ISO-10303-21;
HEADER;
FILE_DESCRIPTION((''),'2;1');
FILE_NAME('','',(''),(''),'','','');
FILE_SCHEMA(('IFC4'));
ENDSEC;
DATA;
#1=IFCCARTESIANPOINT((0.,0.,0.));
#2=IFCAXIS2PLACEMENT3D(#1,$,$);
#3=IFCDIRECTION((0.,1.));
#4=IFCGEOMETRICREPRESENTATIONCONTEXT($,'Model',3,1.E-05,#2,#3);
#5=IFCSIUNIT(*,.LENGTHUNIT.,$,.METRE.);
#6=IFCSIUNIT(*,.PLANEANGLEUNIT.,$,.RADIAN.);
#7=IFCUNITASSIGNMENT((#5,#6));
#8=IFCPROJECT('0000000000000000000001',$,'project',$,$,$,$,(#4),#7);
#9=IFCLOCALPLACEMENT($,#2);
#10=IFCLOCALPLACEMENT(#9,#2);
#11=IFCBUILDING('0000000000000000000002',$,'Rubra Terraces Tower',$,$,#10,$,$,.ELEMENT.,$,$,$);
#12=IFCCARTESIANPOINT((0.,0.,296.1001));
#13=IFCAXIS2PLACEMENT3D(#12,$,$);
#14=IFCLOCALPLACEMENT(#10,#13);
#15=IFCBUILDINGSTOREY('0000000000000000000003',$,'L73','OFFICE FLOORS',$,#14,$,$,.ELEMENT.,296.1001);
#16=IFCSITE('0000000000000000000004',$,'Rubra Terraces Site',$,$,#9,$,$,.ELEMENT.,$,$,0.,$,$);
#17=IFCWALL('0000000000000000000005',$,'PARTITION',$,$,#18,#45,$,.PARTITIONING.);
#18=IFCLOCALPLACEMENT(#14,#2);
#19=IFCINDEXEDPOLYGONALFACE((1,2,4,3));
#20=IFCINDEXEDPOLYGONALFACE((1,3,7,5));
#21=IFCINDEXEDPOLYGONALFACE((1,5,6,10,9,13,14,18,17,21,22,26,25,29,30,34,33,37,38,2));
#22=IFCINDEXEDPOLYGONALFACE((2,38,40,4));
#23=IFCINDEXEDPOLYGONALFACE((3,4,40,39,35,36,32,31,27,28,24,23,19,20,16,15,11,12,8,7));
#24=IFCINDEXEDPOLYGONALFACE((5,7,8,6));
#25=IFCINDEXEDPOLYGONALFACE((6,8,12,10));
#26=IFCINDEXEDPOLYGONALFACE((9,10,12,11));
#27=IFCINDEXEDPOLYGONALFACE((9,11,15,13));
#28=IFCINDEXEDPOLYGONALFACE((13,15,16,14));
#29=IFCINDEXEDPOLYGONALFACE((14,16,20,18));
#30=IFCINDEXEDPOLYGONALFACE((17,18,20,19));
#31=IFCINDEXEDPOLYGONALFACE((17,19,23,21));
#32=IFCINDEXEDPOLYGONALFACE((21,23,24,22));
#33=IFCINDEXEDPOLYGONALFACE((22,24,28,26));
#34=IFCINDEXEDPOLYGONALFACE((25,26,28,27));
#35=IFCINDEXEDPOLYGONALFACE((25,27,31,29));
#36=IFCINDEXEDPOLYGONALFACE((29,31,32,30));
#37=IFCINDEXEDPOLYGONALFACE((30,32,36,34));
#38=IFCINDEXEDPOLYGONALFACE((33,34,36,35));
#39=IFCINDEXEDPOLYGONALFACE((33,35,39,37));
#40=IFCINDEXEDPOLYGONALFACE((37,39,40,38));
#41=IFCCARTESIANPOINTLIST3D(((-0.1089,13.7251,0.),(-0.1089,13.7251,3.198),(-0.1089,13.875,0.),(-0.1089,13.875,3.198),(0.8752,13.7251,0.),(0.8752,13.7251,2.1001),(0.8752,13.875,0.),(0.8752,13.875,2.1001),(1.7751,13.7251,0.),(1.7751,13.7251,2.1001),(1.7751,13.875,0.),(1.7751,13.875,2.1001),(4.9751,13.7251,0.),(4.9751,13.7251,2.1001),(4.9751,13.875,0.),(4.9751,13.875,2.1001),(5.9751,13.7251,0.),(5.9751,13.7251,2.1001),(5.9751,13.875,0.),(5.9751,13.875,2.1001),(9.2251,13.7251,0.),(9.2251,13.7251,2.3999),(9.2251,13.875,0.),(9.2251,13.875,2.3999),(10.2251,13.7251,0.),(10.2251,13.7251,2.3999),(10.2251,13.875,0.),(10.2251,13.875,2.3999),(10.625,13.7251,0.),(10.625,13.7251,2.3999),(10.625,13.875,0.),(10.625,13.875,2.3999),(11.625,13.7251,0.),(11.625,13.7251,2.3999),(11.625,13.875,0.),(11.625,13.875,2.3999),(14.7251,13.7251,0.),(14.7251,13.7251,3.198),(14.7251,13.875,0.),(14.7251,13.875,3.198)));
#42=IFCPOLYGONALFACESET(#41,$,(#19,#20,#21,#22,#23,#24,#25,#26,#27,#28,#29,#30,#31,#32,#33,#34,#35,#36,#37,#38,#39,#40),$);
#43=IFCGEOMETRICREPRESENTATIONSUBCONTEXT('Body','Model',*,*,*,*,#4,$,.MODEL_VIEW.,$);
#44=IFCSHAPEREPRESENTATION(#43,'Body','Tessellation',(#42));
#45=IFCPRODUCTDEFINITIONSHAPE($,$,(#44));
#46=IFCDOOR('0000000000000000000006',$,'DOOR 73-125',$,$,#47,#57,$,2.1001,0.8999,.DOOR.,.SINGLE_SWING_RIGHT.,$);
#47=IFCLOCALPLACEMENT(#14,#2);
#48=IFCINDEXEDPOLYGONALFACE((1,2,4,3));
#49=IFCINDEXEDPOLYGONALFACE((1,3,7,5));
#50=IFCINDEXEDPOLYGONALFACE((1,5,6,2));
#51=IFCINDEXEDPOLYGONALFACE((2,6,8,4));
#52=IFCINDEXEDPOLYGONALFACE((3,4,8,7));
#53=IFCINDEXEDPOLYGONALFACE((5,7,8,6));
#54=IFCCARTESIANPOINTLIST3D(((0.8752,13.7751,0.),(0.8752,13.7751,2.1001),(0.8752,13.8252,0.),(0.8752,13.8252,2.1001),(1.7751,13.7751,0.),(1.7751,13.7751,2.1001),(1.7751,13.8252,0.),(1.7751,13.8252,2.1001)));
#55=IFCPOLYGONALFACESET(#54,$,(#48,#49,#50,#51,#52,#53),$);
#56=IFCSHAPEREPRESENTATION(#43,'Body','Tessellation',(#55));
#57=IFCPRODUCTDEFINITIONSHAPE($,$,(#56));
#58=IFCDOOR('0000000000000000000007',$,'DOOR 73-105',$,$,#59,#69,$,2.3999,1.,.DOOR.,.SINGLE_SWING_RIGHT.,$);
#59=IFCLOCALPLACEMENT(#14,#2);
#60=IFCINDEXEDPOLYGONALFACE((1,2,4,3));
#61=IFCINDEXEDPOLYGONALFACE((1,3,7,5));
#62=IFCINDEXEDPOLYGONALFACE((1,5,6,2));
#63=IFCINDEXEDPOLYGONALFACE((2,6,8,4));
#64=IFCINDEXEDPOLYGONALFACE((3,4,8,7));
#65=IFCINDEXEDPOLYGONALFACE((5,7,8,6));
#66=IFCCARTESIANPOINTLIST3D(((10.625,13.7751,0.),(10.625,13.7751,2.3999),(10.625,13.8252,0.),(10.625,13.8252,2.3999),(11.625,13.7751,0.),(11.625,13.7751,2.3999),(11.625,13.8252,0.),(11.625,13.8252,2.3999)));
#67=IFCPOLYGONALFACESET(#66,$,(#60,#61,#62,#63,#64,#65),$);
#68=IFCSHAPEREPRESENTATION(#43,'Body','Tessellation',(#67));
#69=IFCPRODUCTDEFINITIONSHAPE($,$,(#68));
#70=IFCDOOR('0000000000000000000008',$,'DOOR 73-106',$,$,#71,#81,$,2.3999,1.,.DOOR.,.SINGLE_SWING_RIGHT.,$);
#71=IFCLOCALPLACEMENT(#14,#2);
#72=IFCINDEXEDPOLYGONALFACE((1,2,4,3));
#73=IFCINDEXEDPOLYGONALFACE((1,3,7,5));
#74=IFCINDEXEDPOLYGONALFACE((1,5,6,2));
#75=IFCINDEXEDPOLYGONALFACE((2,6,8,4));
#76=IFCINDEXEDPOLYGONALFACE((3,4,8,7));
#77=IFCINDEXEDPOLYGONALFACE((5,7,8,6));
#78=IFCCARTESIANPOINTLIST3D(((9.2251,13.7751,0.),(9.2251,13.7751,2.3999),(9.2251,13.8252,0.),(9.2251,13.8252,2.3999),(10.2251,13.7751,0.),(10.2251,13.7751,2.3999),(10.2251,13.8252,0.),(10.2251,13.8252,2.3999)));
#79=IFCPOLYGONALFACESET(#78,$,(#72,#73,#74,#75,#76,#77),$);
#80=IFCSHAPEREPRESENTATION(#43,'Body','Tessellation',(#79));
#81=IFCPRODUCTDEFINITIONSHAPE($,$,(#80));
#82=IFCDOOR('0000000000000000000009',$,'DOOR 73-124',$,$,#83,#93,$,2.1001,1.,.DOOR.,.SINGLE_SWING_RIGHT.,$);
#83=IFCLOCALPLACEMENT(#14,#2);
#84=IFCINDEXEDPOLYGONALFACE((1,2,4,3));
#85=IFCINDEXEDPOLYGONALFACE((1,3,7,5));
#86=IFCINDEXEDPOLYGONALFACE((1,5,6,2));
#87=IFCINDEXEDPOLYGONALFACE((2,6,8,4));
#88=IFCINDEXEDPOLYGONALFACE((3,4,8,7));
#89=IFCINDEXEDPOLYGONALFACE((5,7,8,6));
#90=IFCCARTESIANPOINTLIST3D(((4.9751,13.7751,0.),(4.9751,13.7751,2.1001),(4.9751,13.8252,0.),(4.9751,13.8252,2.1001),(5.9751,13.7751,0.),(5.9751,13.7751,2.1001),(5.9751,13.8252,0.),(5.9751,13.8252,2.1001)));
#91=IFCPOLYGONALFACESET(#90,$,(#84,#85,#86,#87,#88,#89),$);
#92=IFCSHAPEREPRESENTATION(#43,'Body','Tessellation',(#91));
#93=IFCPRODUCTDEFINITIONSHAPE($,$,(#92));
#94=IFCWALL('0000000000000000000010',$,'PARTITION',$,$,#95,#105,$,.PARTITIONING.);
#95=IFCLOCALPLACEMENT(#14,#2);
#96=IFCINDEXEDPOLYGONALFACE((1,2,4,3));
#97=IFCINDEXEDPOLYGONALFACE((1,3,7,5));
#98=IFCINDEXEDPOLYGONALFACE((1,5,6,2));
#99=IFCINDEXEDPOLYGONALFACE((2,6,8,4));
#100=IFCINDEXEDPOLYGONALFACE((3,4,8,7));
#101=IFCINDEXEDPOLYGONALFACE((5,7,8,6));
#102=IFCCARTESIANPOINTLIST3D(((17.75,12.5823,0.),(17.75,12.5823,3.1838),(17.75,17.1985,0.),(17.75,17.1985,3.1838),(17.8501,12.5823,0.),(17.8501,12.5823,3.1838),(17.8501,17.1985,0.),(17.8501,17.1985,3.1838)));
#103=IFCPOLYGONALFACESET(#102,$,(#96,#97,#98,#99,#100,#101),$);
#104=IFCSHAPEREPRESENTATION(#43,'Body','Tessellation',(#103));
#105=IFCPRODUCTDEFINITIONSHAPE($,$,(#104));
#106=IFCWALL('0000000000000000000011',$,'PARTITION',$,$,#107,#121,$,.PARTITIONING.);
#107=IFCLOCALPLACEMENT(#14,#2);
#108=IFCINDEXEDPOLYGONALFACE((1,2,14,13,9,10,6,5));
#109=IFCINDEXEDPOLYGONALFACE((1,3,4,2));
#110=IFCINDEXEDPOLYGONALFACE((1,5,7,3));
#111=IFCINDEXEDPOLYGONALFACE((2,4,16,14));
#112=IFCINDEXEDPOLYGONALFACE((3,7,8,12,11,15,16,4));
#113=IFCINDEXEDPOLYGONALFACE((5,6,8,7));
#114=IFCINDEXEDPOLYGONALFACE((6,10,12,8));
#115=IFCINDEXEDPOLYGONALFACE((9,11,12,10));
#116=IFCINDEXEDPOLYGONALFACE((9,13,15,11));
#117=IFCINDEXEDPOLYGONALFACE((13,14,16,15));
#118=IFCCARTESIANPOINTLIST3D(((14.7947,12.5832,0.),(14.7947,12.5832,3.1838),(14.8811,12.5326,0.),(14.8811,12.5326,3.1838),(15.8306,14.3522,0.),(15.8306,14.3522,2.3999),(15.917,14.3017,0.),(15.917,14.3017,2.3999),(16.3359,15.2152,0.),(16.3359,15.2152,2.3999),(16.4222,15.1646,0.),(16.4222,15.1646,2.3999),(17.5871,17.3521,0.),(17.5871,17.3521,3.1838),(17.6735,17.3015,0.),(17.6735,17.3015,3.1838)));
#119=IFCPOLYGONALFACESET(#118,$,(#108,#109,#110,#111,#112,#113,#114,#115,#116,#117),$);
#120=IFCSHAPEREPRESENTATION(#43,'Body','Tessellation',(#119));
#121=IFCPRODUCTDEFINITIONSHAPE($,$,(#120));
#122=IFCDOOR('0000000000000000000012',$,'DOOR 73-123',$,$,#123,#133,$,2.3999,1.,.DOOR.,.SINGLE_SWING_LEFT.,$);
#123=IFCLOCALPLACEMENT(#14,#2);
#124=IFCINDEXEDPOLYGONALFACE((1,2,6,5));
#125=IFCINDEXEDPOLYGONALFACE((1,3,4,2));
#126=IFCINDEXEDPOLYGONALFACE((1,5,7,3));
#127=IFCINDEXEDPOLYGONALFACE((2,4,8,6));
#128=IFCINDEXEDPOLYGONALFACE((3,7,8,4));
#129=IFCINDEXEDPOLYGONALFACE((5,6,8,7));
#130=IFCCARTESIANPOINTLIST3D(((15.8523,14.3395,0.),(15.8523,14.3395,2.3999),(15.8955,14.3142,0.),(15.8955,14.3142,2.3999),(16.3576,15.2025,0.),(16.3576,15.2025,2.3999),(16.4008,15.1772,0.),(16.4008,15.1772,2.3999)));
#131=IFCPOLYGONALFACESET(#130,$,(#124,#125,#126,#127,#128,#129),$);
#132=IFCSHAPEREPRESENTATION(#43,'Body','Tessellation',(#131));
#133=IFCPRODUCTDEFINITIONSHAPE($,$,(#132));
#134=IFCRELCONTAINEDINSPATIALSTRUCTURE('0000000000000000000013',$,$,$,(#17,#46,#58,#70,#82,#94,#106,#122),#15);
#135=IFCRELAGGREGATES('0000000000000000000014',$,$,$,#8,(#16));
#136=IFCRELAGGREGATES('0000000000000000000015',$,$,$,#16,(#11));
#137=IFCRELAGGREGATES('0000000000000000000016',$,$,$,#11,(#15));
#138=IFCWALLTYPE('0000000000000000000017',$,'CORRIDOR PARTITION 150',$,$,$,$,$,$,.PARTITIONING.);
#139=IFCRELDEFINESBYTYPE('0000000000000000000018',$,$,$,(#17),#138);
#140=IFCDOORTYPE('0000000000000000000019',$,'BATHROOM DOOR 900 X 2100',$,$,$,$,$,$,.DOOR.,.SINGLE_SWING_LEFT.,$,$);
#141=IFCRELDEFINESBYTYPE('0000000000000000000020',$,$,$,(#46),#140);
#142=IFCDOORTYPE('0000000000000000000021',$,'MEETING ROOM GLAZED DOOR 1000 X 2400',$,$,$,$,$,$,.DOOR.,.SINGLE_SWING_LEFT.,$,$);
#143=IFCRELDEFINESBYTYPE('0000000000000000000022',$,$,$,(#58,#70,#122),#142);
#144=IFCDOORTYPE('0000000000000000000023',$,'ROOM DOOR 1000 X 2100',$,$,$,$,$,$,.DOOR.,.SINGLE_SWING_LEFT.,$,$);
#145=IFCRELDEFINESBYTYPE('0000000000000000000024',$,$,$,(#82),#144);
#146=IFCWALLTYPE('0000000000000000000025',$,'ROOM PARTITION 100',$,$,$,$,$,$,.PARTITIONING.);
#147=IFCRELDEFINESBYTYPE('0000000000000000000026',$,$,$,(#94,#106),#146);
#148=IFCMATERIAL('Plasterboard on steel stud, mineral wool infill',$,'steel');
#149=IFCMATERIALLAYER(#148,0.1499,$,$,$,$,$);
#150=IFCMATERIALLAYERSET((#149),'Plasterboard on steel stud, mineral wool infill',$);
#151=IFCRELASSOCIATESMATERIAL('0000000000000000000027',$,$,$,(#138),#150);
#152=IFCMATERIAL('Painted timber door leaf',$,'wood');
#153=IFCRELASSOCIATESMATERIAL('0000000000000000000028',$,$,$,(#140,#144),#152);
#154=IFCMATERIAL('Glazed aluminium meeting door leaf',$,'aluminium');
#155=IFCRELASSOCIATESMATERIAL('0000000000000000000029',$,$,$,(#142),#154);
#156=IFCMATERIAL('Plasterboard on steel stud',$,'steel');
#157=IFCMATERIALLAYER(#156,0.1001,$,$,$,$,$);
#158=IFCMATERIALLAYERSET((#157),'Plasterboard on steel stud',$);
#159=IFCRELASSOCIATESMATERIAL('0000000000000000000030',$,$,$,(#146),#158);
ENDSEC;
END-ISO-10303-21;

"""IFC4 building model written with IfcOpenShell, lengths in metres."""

from ifc_helpers import new_model, si_unit, direction, frame, frame_2d, origin, place, context, subcontext, project, spatial, rectangle, extrude, material, layer, layer_set, type_object, element, fill, save


model = new_model("IFC4")

# Units and contexts
model_context = context("Model", 3, precision=1e-05, world=origin(), true_north=direction((0.0, 1.0)))
body_context = subcontext(model_context, "Body", "Model", "MODEL_VIEW")
ifc_project = project(units=[si_unit("LENGTHUNIT", "METRE"), si_unit("PLANEANGLEUNIT", "RADIAN")], contexts=[model_context])

# Site, building, storey
site_placement = place(None, origin())
site = spatial("IfcSite", under=ifc_project, at=site_placement, Name="Rubra Terraces Site", CompositionType="ELEMENT", RefElevation=0.0)
building_placement = place(site_placement, origin())
building = spatial("IfcBuilding", under=site, at=building_placement, Name="Rubra Terraces Tower", CompositionType="ELEMENT")
storey_placement = place(building_placement, frame((0.0, 0.0, 296.1001)))
storey = spatial("IfcBuildingStorey", under=building, at=storey_placement, Name="L73", Description="OFFICE FLOORS", CompositionType="ELEMENT", Elevation=296.1001)

# Wall, openings, doors
ifc_material_1 = material(Name="Plasterboard on steel stud, mineral wool infill", Category="steel")
ifc_layer_1 = layer(ifc_material_1, 0.1499)
ifc_layer_set_1 = layer_set([ifc_layer_1], Name="Plasterboard on steel stud, mineral wool infill")
wall_type_1 = type_object("IfcWallType", Name="CORRIDOR PARTITION 150", PredefinedType="PARTITIONING", material=ifc_layer_set_1)
wall_1_placement = place(storey_placement, frame((14.7251, 13.8, 0.0), z_axis=(0.0, 0.0, 1.0), x_axis=(-1.0, 0.0, 0.0)))
wall_1 = element("IfcWall", 1, at=wall_1_placement, inside=storey, type_object=wall_type_1, Name="PARTITION", PredefinedType="PARTITIONING", context=body_context, shape_type="SweptSolid", body=[
    extrude(rectangle(XDim=14.834, YDim=0.1499, at=frame_2d((7.417, 0.0))), origin(), (0.0, 0.0, 1.0), 3.198),
])
opening_1_placement = place(wall_1_placement, frame((3.1001, 0.0, 0.0)))
opening_1 = element("IfcOpeningElement", 2, at=opening_1_placement, cuts=wall_1, PredefinedType="OPENING", context=body_context, shape_type="SweptSolid", body=[
    extrude(rectangle(XDim=1.0, YDim=2.3999, at=frame_2d((0.5, 1.2))), frame((0.0, 0.085, 0.0), z_axis=(0.0, -1.0, 0.0), x_axis=(1.0, 0.0, 0.0)), (0.0, 0.0, 1.0), 0.1699),
])
opening_2_placement = place(wall_1_placement, frame((4.5, 0.0, 0.0)))
opening_2 = element("IfcOpeningElement", 3, at=opening_2_placement, cuts=wall_1, PredefinedType="OPENING", context=body_context, shape_type="SweptSolid", body=[
    extrude(rectangle(XDim=1.0, YDim=2.3999, at=frame_2d((0.5, 1.2))), frame((0.0, 0.085, 0.0), z_axis=(0.0, -1.0, 0.0), x_axis=(1.0, 0.0, 0.0)), (0.0, 0.0, 1.0), 0.1699),
])
opening_3_placement = place(wall_1_placement, frame((8.75, 0.0, 0.0)))
opening_3 = element("IfcOpeningElement", 4, at=opening_3_placement, cuts=wall_1, PredefinedType="OPENING", context=body_context, shape_type="SweptSolid", body=[
    extrude(rectangle(XDim=1.0, YDim=2.1001, at=frame_2d((0.5, 1.05))), frame((0.0, 0.085, 0.0), z_axis=(0.0, -1.0, 0.0), x_axis=(1.0, 0.0, 0.0)), (0.0, 0.0, 1.0), 0.1699),
])
opening_4_placement = place(wall_1_placement, frame((12.95, 0.0, 0.0)))
opening_4 = element("IfcOpeningElement", 5, at=opening_4_placement, cuts=wall_1, PredefinedType="OPENING", context=body_context, shape_type="SweptSolid", body=[
    extrude(rectangle(XDim=0.8999, YDim=2.1001, at=frame_2d((0.45, 1.05))), frame((0.0, 0.085, 0.0), z_axis=(0.0, -1.0, 0.0), x_axis=(1.0, 0.0, 0.0)), (0.0, 0.0, 1.0), 0.1699),
])
ifc_material_2 = material(Name="Painted timber door leaf", Category="wood")
door_type_1 = type_object("IfcDoorType", Name="BATHROOM DOOR 900 X 2100", OperationType="SINGLE_SWING_LEFT", PredefinedType="DOOR", material=ifc_material_2)
door_1_placement = place(opening_4_placement, origin())
door_1 = element("IfcDoor", 6, at=door_1_placement, inside=storey, type_object=door_type_1, Name="DOOR 73-125", OperationType="SINGLE_SWING_RIGHT", OverallHeight=2.1001, OverallWidth=0.8999, PredefinedType="DOOR", context=body_context, shape_type="SweptSolid", body=[
    extrude(rectangle(XDim=0.8999, YDim=2.1001, at=frame_2d((0.45, 1.05))), frame((0.0, 0.0249, 0.0), z_axis=(0.0, -1.0, 0.0), x_axis=(1.0, 0.0, 0.0)), (0.0, 0.0, 1.0), 0.05),
])
fill(opening_4, door_1)
ifc_material_3 = material(Name="Glazed aluminium meeting door leaf", Category="aluminium")
door_type_2 = type_object("IfcDoorType", Name="MEETING ROOM GLAZED DOOR 1000 X 2400", OperationType="SINGLE_SWING_LEFT", PredefinedType="DOOR", material=ifc_material_3)
door_2_placement = place(opening_1_placement, origin())
door_2 = element("IfcDoor", 7, at=door_2_placement, inside=storey, type_object=door_type_2, Name="DOOR 73-105", OperationType="SINGLE_SWING_RIGHT", OverallHeight=2.3999, OverallWidth=1.0, PredefinedType="DOOR", context=body_context, shape_type="SweptSolid", body=[
    extrude(rectangle(XDim=1.0, YDim=2.3999, at=frame_2d((0.5, 1.2))), frame((0.0, 0.0249, 0.0), z_axis=(0.0, -1.0, 0.0), x_axis=(1.0, 0.0, 0.0)), (0.0, 0.0, 1.0), 0.05),
])
fill(opening_1, door_2)
door_3_placement = place(opening_2_placement, origin())
door_3 = element("IfcDoor", 8, at=door_3_placement, inside=storey, type_object=door_type_2, Name="DOOR 73-106", OperationType="SINGLE_SWING_RIGHT", OverallHeight=2.3999, OverallWidth=1.0, PredefinedType="DOOR", context=body_context, shape_type="SweptSolid", body=[
    extrude(rectangle(XDim=1.0, YDim=2.3999, at=frame_2d((0.5, 1.2))), frame((0.0, 0.0249, 0.0), z_axis=(0.0, -1.0, 0.0), x_axis=(1.0, 0.0, 0.0)), (0.0, 0.0, 1.0), 0.05),
])
fill(opening_2, door_3)
door_type_3 = type_object("IfcDoorType", Name="ROOM DOOR 1000 X 2100", OperationType="SINGLE_SWING_LEFT", PredefinedType="DOOR", material=ifc_material_2)
door_4_placement = place(opening_3_placement, origin())
door_4 = element("IfcDoor", 9, at=door_4_placement, inside=storey, type_object=door_type_3, Name="DOOR 73-124", OperationType="SINGLE_SWING_RIGHT", OverallHeight=2.1001, OverallWidth=1.0, PredefinedType="DOOR", context=body_context, shape_type="SweptSolid", body=[
    extrude(rectangle(XDim=1.0, YDim=2.1001, at=frame_2d((0.5, 1.05))), frame((0.0, 0.0249, 0.0), z_axis=(0.0, -1.0, 0.0), x_axis=(1.0, 0.0, 0.0)), (0.0, 0.0, 1.0), 0.05),
])
fill(opening_3, door_4)

# Wall
ifc_material_4 = material(Name="Plasterboard on steel stud", Category="steel")
ifc_layer_2 = layer(ifc_material_4, 0.1001)
ifc_layer_set_2 = layer_set([ifc_layer_2], Name="Plasterboard on steel stud")
wall_type_2 = type_object("IfcWallType", Name="ROOM PARTITION 100", PredefinedType="PARTITIONING", material=ifc_layer_set_2)
wall_2_placement = place(storey_placement, frame((17.8, 17.1985, 0.0), z_axis=(0.0, 0.0, 1.0), x_axis=(0.0, -1.0, 0.0)))
element("IfcWall", 10, at=wall_2_placement, inside=storey, type_object=wall_type_2, Name="PARTITION", PredefinedType="PARTITIONING", context=body_context, shape_type="SweptSolid", body=[
    extrude(rectangle(XDim=4.6162, YDim=0.1001, at=frame_2d((2.3081, 0.0))), origin(), (0.0, 0.0, 1.0), 3.1838),
])

# Wall, opening, door
wall_3_placement = place(storey_placement, frame((14.8379, 12.5579, 0.0), z_axis=(0.0, 0.0, 1.0), x_axis=(0.505293, 0.862948, 0.0)))
wall_3 = element("IfcWall", 11, at=wall_3_placement, inside=storey, type_object=wall_type_2, Name="PARTITION", PredefinedType="PARTITIONING", context=body_context, shape_type="SweptSolid", body=[
    extrude(rectangle(XDim=5.5264, YDim=0.1001, at=frame_2d((2.7632, 0.0))), origin(), (0.0, 0.0, 1.0), 3.1838),
])
opening_5_placement = place(wall_3_placement, frame((2.05, 0.0, 0.0)))
opening_5 = element("IfcOpeningElement", 12, at=opening_5_placement, cuts=wall_3, PredefinedType="OPENING", context=body_context, shape_type="SweptSolid", body=[
    extrude(rectangle(XDim=1.0, YDim=2.3999, at=frame_2d((0.5, 1.2))), frame((0.0, 0.0601, 0.0), z_axis=(0.0, -1.0, 0.0), x_axis=(1.0, 0.0, 0.0)), (0.0, 0.0, 1.0), 0.1201),
])
door_5_placement = place(opening_5_placement, origin())
door_5 = element("IfcDoor", 13, at=door_5_placement, inside=storey, type_object=door_type_2, Name="DOOR 73-123", OperationType="SINGLE_SWING_LEFT", OverallHeight=2.3999, OverallWidth=1.0, PredefinedType="DOOR", context=body_context, shape_type="SweptSolid", body=[
    extrude(rectangle(XDim=1.0, YDim=2.3999, at=frame_2d((0.5, 1.2))), frame((0.0, 0.0249, 0.0), z_axis=(0.0, -1.0, 0.0), x_axis=(1.0, 0.0, 0.0)), (0.0, 0.0, 1.0), 0.05),
])
fill(opening_5, door_5)

save(model, "model.ifc")
